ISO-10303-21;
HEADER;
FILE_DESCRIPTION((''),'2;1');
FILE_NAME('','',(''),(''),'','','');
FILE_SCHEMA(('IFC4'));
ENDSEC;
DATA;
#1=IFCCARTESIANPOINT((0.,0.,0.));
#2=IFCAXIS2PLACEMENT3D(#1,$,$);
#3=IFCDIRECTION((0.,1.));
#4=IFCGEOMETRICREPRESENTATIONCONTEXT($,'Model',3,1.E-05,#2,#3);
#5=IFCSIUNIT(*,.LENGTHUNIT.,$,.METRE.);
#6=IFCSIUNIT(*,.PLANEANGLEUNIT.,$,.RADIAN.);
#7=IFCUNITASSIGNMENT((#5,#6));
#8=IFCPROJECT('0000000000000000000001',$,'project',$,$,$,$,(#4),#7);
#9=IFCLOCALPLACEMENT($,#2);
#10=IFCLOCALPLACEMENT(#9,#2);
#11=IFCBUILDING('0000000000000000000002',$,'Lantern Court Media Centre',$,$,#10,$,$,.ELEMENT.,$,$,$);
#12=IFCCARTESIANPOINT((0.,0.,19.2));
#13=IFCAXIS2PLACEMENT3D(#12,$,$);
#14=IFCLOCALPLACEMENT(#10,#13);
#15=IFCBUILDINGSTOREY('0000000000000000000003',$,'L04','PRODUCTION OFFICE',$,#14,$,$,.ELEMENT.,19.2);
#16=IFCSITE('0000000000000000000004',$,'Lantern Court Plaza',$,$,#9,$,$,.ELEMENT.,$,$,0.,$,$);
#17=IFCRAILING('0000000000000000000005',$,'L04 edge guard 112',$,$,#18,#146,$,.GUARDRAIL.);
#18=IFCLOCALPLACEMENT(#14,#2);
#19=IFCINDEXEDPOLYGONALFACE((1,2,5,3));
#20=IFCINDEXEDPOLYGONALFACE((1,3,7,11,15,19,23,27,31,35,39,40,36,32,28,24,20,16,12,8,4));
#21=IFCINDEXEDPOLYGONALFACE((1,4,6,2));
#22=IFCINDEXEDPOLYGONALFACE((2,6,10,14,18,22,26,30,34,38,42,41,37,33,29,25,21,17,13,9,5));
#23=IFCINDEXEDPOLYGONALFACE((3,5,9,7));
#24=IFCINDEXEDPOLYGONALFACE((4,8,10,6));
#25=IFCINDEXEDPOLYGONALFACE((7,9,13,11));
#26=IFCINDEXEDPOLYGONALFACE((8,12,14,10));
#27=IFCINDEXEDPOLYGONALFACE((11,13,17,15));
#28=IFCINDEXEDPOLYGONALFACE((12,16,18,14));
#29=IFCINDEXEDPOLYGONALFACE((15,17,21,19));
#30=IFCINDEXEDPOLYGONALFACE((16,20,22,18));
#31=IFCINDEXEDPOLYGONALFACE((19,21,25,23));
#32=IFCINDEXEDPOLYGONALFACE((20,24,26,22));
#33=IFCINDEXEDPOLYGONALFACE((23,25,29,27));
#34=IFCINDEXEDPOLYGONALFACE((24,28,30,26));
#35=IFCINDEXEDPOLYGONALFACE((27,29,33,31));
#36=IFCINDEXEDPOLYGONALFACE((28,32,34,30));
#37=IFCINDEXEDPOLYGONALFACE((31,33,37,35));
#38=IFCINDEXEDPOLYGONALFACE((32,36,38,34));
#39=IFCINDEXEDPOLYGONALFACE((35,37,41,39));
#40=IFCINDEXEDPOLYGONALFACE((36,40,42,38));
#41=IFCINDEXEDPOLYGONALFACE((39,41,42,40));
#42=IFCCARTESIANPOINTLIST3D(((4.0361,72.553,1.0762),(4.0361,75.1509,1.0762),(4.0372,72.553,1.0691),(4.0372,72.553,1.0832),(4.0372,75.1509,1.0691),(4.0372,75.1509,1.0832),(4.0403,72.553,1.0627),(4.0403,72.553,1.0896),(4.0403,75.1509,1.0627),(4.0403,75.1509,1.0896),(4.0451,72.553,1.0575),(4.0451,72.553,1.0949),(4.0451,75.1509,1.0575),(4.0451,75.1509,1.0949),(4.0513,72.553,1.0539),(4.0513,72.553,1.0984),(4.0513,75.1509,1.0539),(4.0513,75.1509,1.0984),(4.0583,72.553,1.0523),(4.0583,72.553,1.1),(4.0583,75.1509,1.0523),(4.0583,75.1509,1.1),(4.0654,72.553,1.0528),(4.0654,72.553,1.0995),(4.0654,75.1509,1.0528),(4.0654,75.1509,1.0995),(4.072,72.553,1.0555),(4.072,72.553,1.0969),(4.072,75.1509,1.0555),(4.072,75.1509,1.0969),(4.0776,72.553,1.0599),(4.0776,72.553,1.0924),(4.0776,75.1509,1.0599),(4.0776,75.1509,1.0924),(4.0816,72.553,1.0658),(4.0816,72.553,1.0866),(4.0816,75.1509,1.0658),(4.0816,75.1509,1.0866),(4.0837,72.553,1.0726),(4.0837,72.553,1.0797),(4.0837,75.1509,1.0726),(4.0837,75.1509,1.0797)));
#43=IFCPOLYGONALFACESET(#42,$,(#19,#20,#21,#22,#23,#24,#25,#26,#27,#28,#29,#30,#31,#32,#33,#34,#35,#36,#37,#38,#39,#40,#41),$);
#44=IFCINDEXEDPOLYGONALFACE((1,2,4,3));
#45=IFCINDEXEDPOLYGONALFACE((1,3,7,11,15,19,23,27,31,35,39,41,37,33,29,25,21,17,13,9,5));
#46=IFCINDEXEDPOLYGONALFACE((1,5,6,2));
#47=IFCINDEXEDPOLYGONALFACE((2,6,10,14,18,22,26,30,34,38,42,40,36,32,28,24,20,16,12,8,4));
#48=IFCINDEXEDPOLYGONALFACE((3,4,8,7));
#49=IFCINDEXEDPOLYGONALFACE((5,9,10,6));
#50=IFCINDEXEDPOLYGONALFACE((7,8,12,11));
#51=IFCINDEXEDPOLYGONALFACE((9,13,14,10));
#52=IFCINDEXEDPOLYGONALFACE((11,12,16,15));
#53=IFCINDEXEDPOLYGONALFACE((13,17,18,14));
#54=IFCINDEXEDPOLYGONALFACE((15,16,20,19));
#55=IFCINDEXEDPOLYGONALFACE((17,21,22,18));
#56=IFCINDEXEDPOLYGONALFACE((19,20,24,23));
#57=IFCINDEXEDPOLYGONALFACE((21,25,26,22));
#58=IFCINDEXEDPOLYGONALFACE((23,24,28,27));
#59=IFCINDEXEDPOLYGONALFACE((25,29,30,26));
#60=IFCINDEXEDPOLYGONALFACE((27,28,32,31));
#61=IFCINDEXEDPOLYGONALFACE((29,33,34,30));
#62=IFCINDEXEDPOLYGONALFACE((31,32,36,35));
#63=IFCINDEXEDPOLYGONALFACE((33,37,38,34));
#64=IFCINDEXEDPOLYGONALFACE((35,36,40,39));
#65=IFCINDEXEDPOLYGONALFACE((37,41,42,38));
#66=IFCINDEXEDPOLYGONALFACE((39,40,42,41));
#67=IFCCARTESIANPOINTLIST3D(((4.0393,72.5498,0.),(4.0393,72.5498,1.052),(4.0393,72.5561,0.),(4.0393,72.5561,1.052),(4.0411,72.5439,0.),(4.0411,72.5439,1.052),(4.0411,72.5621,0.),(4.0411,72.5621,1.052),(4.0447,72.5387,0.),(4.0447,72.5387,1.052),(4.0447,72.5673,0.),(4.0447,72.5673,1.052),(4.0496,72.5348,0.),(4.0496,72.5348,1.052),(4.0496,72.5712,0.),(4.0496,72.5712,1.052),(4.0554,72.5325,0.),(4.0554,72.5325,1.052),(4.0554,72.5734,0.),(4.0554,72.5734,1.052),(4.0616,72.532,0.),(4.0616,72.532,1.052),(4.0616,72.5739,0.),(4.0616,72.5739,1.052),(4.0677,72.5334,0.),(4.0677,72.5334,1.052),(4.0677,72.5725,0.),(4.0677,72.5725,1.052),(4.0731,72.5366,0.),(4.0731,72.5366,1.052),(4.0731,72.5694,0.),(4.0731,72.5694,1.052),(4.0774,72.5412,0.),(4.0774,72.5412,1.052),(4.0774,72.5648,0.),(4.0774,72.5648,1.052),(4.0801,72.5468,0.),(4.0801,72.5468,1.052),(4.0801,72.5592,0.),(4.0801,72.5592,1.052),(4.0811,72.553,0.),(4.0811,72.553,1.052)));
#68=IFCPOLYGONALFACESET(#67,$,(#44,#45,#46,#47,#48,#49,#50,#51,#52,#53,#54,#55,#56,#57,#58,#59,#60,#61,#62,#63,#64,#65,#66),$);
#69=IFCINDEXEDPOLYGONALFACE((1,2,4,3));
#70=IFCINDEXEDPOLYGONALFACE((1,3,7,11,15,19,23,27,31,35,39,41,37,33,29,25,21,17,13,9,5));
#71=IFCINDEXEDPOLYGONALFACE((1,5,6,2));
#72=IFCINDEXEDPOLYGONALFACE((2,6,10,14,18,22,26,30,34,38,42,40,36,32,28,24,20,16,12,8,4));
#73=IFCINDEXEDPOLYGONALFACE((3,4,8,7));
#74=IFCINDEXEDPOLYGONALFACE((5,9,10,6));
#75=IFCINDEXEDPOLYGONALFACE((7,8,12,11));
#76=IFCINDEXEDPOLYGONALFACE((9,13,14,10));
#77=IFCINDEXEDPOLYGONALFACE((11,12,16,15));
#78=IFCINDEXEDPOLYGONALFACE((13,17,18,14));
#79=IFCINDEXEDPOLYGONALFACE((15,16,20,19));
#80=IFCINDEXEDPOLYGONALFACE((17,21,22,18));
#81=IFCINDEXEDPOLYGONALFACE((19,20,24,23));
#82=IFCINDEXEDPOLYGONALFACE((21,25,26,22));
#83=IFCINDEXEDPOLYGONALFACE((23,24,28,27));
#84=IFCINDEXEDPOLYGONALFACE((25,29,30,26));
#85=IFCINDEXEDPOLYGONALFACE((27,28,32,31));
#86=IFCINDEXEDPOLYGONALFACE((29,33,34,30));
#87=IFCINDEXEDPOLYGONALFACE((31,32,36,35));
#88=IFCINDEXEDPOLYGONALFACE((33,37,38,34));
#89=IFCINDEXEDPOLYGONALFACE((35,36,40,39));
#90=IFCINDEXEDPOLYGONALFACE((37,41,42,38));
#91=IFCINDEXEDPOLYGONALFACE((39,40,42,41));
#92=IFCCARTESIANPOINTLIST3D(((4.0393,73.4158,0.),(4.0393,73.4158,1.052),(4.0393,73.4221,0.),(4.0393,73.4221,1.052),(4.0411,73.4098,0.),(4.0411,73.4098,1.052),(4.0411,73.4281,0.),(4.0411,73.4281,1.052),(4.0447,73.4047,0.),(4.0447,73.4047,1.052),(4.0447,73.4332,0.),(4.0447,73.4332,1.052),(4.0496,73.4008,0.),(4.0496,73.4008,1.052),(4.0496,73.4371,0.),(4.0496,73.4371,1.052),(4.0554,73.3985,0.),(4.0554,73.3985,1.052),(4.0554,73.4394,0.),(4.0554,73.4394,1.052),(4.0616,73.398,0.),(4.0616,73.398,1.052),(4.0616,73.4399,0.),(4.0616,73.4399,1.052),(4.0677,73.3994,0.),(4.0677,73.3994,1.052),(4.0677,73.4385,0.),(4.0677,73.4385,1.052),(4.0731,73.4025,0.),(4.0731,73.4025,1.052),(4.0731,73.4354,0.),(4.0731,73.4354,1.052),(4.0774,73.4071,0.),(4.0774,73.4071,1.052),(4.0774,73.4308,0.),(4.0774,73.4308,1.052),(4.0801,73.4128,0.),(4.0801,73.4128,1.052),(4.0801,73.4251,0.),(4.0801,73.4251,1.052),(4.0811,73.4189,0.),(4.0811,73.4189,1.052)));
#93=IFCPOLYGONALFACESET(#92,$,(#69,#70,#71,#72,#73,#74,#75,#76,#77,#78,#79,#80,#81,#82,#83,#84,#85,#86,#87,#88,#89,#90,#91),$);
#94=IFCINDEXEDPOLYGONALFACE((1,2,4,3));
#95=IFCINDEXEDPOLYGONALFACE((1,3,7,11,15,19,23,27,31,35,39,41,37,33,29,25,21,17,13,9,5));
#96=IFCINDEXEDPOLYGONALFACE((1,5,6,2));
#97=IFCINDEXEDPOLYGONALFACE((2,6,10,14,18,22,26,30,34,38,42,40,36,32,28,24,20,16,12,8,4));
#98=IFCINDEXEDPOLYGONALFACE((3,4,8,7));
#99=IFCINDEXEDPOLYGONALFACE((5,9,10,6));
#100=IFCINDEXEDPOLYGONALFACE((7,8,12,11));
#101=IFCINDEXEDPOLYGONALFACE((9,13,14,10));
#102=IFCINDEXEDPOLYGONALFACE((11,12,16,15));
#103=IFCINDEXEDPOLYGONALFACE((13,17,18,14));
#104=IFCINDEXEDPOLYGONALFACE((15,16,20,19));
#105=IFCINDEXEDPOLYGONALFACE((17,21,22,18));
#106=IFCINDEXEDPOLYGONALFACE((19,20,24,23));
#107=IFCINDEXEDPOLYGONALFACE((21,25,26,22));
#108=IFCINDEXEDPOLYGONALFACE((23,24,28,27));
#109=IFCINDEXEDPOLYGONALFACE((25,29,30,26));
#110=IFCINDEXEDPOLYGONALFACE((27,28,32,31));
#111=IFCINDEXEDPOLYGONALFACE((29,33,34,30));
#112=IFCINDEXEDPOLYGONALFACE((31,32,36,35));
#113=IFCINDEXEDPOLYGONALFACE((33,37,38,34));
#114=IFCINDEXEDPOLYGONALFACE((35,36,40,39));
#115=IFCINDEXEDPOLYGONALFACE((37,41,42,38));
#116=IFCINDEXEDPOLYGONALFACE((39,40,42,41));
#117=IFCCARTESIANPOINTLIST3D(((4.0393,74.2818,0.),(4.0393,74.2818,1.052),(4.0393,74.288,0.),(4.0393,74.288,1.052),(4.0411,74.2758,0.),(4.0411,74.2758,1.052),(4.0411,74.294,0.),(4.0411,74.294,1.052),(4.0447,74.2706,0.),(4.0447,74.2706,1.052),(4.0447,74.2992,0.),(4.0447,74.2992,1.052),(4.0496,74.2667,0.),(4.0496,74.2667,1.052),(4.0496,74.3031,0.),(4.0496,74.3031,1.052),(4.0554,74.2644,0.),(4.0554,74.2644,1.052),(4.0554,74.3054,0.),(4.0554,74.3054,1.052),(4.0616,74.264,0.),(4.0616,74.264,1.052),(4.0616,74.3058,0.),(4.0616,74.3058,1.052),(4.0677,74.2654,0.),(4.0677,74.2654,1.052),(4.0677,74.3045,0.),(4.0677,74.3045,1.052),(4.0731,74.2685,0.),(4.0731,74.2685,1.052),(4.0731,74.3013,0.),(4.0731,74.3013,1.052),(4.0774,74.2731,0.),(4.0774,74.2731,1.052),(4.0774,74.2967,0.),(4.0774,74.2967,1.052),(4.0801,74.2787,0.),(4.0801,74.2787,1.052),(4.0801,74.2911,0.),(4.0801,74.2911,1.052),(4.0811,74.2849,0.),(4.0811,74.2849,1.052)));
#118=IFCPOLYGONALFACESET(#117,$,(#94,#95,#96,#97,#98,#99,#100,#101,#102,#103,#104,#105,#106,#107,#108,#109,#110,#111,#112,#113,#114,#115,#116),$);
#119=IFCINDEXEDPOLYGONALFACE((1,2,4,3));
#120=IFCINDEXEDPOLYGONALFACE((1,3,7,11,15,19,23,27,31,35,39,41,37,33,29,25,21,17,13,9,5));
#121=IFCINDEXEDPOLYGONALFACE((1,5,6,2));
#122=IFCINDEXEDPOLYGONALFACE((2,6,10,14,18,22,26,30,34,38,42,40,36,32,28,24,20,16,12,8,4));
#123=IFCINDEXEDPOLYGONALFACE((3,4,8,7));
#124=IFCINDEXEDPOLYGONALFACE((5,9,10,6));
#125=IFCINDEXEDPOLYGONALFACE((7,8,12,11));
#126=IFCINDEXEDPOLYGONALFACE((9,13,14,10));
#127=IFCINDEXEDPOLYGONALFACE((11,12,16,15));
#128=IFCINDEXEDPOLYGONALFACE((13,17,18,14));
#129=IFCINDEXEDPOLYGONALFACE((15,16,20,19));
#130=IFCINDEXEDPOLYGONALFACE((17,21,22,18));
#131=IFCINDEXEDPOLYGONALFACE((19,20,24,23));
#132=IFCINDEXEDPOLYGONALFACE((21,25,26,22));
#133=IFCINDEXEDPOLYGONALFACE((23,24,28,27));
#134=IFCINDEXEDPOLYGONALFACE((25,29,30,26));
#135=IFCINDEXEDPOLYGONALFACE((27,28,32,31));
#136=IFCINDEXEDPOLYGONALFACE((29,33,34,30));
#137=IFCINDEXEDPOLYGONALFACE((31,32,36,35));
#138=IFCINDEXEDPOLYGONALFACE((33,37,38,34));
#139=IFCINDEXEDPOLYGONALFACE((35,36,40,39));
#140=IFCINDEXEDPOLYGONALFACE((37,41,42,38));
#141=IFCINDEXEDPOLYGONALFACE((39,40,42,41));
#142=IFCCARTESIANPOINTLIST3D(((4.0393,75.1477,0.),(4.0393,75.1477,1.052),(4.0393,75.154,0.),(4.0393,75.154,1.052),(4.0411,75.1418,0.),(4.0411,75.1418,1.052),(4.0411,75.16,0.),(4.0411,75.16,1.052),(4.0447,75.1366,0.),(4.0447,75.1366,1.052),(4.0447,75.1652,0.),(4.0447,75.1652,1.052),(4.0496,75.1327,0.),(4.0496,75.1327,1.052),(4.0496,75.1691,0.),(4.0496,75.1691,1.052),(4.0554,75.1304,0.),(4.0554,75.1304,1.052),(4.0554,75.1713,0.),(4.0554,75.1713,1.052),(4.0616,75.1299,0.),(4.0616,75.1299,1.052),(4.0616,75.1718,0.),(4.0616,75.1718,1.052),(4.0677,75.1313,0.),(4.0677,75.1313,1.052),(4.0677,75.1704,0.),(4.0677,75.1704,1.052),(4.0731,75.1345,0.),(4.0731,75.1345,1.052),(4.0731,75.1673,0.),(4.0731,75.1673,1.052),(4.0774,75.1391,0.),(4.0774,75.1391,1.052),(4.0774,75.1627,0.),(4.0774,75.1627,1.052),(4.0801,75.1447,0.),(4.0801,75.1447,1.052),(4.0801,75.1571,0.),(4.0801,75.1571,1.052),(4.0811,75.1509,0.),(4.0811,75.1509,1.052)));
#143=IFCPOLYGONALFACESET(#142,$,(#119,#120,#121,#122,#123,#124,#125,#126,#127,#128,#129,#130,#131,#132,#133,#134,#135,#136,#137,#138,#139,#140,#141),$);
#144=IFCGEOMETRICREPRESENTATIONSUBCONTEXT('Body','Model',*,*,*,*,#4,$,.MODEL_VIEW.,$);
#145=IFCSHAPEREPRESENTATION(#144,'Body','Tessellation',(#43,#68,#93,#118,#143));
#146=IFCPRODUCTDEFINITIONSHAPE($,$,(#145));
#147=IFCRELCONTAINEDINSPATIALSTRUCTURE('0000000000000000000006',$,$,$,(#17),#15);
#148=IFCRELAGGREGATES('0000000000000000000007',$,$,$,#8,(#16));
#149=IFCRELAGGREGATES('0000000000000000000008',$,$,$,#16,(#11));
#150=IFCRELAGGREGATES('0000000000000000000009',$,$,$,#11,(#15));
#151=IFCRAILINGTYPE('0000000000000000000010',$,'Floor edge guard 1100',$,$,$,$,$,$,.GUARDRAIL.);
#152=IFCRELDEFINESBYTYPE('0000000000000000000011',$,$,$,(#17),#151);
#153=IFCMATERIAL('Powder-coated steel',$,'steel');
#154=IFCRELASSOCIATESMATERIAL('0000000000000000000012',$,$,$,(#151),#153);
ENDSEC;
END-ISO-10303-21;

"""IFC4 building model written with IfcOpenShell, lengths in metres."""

from ifc_helpers import new_model, si_unit, direction, frame, origin, origin_2d, place, context, subcontext, project, spatial, circle, extrude, material, type_object, element, save


model = new_model("IFC4")

# Units and contexts
model_context = context("Model", 3, precision=1e-05, world=origin(), true_north=direction((0.0, 1.0)))
body_context = subcontext(model_context, "Body", "Model", "MODEL_VIEW")
ifc_project = project(units=[si_unit("LENGTHUNIT", "METRE"), si_unit("PLANEANGLEUNIT", "RADIAN")], contexts=[model_context])

# Site, building, storey
site_placement = place(None, origin())
site = spatial("IfcSite", under=ifc_project, at=site_placement, Name="Lantern Court Plaza", CompositionType="ELEMENT", RefElevation=0.0)
building_placement = place(site_placement, origin())
building = spatial("IfcBuilding", under=site, at=building_placement, Name="Lantern Court Media Centre", CompositionType="ELEMENT")
storey_placement = place(building_placement, frame((0.0, 0.0, 19.2)))
storey = spatial("IfcBuildingStorey", under=building, at=storey_placement, Name="L04", Description="PRODUCTION OFFICE", CompositionType="ELEMENT", Elevation=19.2)

# Railing
ifc_material_1 = material(Name="Powder-coated steel", Category="steel")
railing_type = type_object("IfcRailingType", Name="Floor edge guard 1100", PredefinedType="GUARDRAIL", material=ifc_material_1)
railing_1_placement = place(storey_placement, frame((4.0601, 72.553, 0.0)))
element("IfcRailing", 1, at=railing_1_placement, inside=storey, type_object=railing_type, Name="L04 edge guard 112", PredefinedType="GUARDRAIL", context=body_context, shape_type="SweptSolid", body=[
    extrude(circle(Radius=0.0239, at=origin_2d()), frame((0.0, 0.0, 1.0762), z_axis=(0.0, 1.0, 0.0), x_axis=(-1.0, 0.0, 0.0)), (0.0, 0.0, 1.0), 2.5979),
    extrude(circle(Radius=0.021, at=origin_2d()), origin(), (0.0, 0.0, 1.0), 1.052),
    extrude(circle(Radius=0.021, at=origin_2d()), frame((0.0, 0.866, 0.0)), (0.0, 0.0, 1.0), 1.052),
    extrude(circle(Radius=0.021, at=origin_2d()), frame((0.0, 1.7319, 0.0)), (0.0, 0.0, 1.0), 1.052),
    extrude(circle(Radius=0.021, at=origin_2d()), frame((0.0, 2.5979, 0.0)), (0.0, 0.0, 1.0), 1.052),
])

save(model, "model.ifc")
